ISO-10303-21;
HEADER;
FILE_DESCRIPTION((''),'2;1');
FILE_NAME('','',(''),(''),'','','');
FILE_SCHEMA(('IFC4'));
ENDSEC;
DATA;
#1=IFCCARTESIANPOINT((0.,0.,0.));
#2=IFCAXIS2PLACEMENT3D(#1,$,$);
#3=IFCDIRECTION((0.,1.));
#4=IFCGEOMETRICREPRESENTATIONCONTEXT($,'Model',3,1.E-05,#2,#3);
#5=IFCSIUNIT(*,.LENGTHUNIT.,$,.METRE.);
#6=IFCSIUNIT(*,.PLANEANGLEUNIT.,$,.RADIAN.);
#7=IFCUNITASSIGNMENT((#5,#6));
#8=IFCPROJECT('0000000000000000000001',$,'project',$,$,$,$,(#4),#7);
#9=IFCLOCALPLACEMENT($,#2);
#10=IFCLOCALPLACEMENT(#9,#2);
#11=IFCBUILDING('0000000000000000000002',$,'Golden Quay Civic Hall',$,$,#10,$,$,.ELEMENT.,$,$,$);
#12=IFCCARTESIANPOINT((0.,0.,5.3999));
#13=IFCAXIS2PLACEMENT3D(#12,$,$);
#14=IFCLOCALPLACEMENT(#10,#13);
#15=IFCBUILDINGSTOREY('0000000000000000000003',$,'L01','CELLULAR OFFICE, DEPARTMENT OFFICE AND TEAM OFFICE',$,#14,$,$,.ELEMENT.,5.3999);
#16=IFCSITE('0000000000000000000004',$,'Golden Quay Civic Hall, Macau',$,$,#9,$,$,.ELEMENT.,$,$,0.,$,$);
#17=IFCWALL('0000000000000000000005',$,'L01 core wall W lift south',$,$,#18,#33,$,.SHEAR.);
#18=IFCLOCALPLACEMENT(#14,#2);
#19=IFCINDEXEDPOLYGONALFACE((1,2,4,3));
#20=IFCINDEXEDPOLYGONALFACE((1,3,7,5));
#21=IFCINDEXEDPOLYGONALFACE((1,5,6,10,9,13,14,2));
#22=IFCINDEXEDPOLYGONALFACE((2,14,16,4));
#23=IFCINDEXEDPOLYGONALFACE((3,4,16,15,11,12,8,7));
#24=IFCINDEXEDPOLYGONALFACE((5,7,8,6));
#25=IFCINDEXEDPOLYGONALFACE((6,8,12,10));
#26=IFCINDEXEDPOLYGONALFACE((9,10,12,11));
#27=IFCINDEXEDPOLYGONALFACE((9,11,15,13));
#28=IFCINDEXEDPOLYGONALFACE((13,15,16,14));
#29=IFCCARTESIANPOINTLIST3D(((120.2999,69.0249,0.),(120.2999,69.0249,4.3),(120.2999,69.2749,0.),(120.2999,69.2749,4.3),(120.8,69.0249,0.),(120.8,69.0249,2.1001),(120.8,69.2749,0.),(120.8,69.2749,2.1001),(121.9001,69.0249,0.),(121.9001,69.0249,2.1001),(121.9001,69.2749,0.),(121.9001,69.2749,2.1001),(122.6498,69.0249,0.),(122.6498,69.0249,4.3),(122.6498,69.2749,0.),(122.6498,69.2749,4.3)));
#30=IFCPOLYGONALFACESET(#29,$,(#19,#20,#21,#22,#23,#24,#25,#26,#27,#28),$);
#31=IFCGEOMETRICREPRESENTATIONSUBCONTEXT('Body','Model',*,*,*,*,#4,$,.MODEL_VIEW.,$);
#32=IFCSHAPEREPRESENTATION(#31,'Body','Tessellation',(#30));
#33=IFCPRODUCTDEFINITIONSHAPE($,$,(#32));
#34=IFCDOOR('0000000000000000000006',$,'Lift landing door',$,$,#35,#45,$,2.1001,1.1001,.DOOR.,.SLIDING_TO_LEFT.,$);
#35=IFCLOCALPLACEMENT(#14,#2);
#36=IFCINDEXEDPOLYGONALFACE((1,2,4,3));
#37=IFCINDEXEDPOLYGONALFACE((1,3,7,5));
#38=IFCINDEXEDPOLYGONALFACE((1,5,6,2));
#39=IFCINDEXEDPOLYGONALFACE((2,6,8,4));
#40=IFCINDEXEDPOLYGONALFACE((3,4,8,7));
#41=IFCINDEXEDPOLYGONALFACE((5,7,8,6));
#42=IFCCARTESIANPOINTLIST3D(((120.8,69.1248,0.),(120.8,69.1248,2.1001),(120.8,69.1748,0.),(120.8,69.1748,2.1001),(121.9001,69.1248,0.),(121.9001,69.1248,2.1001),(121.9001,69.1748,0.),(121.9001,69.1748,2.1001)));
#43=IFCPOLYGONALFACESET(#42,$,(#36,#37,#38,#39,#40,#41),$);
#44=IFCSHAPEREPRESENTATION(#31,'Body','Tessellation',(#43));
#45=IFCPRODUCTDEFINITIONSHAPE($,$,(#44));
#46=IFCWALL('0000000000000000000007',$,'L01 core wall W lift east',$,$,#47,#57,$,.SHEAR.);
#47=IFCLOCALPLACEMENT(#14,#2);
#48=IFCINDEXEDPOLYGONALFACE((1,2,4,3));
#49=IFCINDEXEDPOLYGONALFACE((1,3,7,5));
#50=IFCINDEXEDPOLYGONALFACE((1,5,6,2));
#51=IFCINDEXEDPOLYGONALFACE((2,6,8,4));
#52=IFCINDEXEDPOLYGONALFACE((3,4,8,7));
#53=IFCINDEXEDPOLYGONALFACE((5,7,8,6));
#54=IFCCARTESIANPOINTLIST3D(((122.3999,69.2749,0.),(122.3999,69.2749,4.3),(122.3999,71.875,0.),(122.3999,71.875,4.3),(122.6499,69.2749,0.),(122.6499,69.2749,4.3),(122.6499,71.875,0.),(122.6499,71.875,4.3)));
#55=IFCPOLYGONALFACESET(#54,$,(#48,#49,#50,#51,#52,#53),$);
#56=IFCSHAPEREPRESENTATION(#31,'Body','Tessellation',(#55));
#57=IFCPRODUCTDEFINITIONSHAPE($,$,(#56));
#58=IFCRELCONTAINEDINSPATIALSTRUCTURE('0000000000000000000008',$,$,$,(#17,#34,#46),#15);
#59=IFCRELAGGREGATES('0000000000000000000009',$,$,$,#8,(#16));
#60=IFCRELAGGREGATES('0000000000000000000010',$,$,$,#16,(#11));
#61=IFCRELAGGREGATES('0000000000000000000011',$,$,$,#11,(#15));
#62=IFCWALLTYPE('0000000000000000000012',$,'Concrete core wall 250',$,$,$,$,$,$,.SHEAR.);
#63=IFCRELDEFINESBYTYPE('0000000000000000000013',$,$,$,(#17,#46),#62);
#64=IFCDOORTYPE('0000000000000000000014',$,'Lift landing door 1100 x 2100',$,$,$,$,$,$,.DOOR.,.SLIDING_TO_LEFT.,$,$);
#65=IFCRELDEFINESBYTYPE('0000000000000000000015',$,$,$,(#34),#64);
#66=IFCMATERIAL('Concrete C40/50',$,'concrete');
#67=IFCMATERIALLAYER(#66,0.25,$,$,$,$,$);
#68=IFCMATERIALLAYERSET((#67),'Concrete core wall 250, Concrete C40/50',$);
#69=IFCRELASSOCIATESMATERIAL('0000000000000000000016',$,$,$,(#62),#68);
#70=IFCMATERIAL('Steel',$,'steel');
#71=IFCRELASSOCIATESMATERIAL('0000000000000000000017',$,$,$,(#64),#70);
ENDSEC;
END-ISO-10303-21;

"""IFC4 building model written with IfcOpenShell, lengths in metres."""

from ifc_helpers import new_model, si_unit, direction, frame, frame_2d, origin, place, context, subcontext, project, spatial, rectangle, extrude, material, layer, layer_set, type_object, element, fill, save


model = new_model("IFC4")

# Units and contexts
model_context = context("Model", 3, precision=1e-05, world=origin(), true_north=direction((0.0, 1.0)))
body_context = subcontext(model_context, "Body", "Model", "MODEL_VIEW")
ifc_project = project(units=[si_unit("LENGTHUNIT", "METRE"), si_unit("PLANEANGLEUNIT", "RADIAN")], contexts=[model_context])

# Site, building, storey
site_placement = place(None, origin())
site = spatial("IfcSite", under=ifc_project, at=site_placement, Name="Golden Quay Civic Hall, Macau", CompositionType="ELEMENT", RefElevation=0.0)
building_placement = place(site_placement, origin())
building = spatial("IfcBuilding", under=site, at=building_placement, Name="Golden Quay Civic Hall", CompositionType="ELEMENT")
storey_placement = place(building_placement, frame((0.0, 0.0, 5.3999)))
storey = spatial("IfcBuildingStorey", under=building, at=storey_placement, Name="L01", Description="CELLULAR OFFICE, DEPARTMENT OFFICE AND TEAM OFFICE", CompositionType="ELEMENT", Elevation=5.3999)

# Wall, opening, door
ifc_material_1 = material(Name="Concrete C40/50", Category="concrete")
ifc_layer_1 = layer(ifc_material_1, 0.25)
ifc_layer_set_1 = layer_set([ifc_layer_1], Name="Concrete core wall 250, Concrete C40/50")
wall_type_1 = type_object("IfcWallType", Name="Concrete core wall 250", PredefinedType="SHEAR", material=ifc_layer_set_1)
wall_1_placement = place(storey_placement, frame((120.3, 69.1499, 0.0), z_axis=(0.0, 0.0, 1.0), x_axis=(1.0, 0.0, 0.0)))
wall_1 = element("IfcWall", 1, at=wall_1_placement, inside=storey, type_object=wall_type_1, Name="L01 core wall W lift south", PredefinedType="SHEAR", context=body_context, shape_type="SweptSolid", body=[
    extrude(rectangle(XDim=2.3499, YDim=0.25, at=frame_2d((1.1748, 0.0))), origin(), (0.0, 0.0, 1.0), 4.3),
])
opening_1_placement = place(wall_1_placement, frame((0.5, 0.0, 0.0)))
opening_1 = element("IfcOpeningElement", 2, at=opening_1_placement, cuts=wall_1, PredefinedType="OPENING", context=body_context, shape_type="SweptSolid", body=[
    extrude(rectangle(XDim=1.1001, YDim=2.1001, at=frame_2d((0.55, 1.05))), frame((0.0, 0.135, 0.0), z_axis=(0.0, -1.0, 0.0), x_axis=(1.0, 0.0, 0.0)), (0.0, 0.0, 1.0), 0.27),
])
ifc_material_2 = material(Name="Steel", Category="steel")
door_type_1 = type_object("IfcDoorType", Name="Lift landing door 1100 x 2100", OperationType="SLIDING_TO_LEFT", PredefinedType="DOOR", material=ifc_material_2)
door_1_placement = place(opening_1_placement, origin())
door_1 = element("IfcDoor", 3, at=door_1_placement, inside=storey, type_object=door_type_1, Name="Lift landing door", OperationType="SLIDING_TO_LEFT", OverallHeight=2.1001, OverallWidth=1.1001, PredefinedType="DOOR", context=body_context, shape_type="SweptSolid", body=[
    extrude(rectangle(XDim=1.1001, YDim=2.1001, at=frame_2d((0.55, 1.05))), frame((0.0, 0.0249, 0.0), z_axis=(0.0, -1.0, 0.0), x_axis=(1.0, 0.0, 0.0)), (0.0, 0.0, 1.0), 0.05),
])
fill(opening_1, door_1)

# Wall
wall_2_placement = place(storey_placement, frame((122.5249, 69.2749, 0.0), z_axis=(0.0, 0.0, 1.0), x_axis=(0.0, 1.0, 0.0)))
element("IfcWall", 4, at=wall_2_placement, inside=storey, type_object=wall_type_1, Name="L01 core wall W lift east", PredefinedType="SHEAR", context=body_context, shape_type="SweptSolid", body=[
    extrude(rectangle(XDim=2.6001, YDim=0.25, at=frame_2d((1.3, 0.0))), origin(), (0.0, 0.0, 1.0), 4.3),
])

save(model, "model.ifc")
